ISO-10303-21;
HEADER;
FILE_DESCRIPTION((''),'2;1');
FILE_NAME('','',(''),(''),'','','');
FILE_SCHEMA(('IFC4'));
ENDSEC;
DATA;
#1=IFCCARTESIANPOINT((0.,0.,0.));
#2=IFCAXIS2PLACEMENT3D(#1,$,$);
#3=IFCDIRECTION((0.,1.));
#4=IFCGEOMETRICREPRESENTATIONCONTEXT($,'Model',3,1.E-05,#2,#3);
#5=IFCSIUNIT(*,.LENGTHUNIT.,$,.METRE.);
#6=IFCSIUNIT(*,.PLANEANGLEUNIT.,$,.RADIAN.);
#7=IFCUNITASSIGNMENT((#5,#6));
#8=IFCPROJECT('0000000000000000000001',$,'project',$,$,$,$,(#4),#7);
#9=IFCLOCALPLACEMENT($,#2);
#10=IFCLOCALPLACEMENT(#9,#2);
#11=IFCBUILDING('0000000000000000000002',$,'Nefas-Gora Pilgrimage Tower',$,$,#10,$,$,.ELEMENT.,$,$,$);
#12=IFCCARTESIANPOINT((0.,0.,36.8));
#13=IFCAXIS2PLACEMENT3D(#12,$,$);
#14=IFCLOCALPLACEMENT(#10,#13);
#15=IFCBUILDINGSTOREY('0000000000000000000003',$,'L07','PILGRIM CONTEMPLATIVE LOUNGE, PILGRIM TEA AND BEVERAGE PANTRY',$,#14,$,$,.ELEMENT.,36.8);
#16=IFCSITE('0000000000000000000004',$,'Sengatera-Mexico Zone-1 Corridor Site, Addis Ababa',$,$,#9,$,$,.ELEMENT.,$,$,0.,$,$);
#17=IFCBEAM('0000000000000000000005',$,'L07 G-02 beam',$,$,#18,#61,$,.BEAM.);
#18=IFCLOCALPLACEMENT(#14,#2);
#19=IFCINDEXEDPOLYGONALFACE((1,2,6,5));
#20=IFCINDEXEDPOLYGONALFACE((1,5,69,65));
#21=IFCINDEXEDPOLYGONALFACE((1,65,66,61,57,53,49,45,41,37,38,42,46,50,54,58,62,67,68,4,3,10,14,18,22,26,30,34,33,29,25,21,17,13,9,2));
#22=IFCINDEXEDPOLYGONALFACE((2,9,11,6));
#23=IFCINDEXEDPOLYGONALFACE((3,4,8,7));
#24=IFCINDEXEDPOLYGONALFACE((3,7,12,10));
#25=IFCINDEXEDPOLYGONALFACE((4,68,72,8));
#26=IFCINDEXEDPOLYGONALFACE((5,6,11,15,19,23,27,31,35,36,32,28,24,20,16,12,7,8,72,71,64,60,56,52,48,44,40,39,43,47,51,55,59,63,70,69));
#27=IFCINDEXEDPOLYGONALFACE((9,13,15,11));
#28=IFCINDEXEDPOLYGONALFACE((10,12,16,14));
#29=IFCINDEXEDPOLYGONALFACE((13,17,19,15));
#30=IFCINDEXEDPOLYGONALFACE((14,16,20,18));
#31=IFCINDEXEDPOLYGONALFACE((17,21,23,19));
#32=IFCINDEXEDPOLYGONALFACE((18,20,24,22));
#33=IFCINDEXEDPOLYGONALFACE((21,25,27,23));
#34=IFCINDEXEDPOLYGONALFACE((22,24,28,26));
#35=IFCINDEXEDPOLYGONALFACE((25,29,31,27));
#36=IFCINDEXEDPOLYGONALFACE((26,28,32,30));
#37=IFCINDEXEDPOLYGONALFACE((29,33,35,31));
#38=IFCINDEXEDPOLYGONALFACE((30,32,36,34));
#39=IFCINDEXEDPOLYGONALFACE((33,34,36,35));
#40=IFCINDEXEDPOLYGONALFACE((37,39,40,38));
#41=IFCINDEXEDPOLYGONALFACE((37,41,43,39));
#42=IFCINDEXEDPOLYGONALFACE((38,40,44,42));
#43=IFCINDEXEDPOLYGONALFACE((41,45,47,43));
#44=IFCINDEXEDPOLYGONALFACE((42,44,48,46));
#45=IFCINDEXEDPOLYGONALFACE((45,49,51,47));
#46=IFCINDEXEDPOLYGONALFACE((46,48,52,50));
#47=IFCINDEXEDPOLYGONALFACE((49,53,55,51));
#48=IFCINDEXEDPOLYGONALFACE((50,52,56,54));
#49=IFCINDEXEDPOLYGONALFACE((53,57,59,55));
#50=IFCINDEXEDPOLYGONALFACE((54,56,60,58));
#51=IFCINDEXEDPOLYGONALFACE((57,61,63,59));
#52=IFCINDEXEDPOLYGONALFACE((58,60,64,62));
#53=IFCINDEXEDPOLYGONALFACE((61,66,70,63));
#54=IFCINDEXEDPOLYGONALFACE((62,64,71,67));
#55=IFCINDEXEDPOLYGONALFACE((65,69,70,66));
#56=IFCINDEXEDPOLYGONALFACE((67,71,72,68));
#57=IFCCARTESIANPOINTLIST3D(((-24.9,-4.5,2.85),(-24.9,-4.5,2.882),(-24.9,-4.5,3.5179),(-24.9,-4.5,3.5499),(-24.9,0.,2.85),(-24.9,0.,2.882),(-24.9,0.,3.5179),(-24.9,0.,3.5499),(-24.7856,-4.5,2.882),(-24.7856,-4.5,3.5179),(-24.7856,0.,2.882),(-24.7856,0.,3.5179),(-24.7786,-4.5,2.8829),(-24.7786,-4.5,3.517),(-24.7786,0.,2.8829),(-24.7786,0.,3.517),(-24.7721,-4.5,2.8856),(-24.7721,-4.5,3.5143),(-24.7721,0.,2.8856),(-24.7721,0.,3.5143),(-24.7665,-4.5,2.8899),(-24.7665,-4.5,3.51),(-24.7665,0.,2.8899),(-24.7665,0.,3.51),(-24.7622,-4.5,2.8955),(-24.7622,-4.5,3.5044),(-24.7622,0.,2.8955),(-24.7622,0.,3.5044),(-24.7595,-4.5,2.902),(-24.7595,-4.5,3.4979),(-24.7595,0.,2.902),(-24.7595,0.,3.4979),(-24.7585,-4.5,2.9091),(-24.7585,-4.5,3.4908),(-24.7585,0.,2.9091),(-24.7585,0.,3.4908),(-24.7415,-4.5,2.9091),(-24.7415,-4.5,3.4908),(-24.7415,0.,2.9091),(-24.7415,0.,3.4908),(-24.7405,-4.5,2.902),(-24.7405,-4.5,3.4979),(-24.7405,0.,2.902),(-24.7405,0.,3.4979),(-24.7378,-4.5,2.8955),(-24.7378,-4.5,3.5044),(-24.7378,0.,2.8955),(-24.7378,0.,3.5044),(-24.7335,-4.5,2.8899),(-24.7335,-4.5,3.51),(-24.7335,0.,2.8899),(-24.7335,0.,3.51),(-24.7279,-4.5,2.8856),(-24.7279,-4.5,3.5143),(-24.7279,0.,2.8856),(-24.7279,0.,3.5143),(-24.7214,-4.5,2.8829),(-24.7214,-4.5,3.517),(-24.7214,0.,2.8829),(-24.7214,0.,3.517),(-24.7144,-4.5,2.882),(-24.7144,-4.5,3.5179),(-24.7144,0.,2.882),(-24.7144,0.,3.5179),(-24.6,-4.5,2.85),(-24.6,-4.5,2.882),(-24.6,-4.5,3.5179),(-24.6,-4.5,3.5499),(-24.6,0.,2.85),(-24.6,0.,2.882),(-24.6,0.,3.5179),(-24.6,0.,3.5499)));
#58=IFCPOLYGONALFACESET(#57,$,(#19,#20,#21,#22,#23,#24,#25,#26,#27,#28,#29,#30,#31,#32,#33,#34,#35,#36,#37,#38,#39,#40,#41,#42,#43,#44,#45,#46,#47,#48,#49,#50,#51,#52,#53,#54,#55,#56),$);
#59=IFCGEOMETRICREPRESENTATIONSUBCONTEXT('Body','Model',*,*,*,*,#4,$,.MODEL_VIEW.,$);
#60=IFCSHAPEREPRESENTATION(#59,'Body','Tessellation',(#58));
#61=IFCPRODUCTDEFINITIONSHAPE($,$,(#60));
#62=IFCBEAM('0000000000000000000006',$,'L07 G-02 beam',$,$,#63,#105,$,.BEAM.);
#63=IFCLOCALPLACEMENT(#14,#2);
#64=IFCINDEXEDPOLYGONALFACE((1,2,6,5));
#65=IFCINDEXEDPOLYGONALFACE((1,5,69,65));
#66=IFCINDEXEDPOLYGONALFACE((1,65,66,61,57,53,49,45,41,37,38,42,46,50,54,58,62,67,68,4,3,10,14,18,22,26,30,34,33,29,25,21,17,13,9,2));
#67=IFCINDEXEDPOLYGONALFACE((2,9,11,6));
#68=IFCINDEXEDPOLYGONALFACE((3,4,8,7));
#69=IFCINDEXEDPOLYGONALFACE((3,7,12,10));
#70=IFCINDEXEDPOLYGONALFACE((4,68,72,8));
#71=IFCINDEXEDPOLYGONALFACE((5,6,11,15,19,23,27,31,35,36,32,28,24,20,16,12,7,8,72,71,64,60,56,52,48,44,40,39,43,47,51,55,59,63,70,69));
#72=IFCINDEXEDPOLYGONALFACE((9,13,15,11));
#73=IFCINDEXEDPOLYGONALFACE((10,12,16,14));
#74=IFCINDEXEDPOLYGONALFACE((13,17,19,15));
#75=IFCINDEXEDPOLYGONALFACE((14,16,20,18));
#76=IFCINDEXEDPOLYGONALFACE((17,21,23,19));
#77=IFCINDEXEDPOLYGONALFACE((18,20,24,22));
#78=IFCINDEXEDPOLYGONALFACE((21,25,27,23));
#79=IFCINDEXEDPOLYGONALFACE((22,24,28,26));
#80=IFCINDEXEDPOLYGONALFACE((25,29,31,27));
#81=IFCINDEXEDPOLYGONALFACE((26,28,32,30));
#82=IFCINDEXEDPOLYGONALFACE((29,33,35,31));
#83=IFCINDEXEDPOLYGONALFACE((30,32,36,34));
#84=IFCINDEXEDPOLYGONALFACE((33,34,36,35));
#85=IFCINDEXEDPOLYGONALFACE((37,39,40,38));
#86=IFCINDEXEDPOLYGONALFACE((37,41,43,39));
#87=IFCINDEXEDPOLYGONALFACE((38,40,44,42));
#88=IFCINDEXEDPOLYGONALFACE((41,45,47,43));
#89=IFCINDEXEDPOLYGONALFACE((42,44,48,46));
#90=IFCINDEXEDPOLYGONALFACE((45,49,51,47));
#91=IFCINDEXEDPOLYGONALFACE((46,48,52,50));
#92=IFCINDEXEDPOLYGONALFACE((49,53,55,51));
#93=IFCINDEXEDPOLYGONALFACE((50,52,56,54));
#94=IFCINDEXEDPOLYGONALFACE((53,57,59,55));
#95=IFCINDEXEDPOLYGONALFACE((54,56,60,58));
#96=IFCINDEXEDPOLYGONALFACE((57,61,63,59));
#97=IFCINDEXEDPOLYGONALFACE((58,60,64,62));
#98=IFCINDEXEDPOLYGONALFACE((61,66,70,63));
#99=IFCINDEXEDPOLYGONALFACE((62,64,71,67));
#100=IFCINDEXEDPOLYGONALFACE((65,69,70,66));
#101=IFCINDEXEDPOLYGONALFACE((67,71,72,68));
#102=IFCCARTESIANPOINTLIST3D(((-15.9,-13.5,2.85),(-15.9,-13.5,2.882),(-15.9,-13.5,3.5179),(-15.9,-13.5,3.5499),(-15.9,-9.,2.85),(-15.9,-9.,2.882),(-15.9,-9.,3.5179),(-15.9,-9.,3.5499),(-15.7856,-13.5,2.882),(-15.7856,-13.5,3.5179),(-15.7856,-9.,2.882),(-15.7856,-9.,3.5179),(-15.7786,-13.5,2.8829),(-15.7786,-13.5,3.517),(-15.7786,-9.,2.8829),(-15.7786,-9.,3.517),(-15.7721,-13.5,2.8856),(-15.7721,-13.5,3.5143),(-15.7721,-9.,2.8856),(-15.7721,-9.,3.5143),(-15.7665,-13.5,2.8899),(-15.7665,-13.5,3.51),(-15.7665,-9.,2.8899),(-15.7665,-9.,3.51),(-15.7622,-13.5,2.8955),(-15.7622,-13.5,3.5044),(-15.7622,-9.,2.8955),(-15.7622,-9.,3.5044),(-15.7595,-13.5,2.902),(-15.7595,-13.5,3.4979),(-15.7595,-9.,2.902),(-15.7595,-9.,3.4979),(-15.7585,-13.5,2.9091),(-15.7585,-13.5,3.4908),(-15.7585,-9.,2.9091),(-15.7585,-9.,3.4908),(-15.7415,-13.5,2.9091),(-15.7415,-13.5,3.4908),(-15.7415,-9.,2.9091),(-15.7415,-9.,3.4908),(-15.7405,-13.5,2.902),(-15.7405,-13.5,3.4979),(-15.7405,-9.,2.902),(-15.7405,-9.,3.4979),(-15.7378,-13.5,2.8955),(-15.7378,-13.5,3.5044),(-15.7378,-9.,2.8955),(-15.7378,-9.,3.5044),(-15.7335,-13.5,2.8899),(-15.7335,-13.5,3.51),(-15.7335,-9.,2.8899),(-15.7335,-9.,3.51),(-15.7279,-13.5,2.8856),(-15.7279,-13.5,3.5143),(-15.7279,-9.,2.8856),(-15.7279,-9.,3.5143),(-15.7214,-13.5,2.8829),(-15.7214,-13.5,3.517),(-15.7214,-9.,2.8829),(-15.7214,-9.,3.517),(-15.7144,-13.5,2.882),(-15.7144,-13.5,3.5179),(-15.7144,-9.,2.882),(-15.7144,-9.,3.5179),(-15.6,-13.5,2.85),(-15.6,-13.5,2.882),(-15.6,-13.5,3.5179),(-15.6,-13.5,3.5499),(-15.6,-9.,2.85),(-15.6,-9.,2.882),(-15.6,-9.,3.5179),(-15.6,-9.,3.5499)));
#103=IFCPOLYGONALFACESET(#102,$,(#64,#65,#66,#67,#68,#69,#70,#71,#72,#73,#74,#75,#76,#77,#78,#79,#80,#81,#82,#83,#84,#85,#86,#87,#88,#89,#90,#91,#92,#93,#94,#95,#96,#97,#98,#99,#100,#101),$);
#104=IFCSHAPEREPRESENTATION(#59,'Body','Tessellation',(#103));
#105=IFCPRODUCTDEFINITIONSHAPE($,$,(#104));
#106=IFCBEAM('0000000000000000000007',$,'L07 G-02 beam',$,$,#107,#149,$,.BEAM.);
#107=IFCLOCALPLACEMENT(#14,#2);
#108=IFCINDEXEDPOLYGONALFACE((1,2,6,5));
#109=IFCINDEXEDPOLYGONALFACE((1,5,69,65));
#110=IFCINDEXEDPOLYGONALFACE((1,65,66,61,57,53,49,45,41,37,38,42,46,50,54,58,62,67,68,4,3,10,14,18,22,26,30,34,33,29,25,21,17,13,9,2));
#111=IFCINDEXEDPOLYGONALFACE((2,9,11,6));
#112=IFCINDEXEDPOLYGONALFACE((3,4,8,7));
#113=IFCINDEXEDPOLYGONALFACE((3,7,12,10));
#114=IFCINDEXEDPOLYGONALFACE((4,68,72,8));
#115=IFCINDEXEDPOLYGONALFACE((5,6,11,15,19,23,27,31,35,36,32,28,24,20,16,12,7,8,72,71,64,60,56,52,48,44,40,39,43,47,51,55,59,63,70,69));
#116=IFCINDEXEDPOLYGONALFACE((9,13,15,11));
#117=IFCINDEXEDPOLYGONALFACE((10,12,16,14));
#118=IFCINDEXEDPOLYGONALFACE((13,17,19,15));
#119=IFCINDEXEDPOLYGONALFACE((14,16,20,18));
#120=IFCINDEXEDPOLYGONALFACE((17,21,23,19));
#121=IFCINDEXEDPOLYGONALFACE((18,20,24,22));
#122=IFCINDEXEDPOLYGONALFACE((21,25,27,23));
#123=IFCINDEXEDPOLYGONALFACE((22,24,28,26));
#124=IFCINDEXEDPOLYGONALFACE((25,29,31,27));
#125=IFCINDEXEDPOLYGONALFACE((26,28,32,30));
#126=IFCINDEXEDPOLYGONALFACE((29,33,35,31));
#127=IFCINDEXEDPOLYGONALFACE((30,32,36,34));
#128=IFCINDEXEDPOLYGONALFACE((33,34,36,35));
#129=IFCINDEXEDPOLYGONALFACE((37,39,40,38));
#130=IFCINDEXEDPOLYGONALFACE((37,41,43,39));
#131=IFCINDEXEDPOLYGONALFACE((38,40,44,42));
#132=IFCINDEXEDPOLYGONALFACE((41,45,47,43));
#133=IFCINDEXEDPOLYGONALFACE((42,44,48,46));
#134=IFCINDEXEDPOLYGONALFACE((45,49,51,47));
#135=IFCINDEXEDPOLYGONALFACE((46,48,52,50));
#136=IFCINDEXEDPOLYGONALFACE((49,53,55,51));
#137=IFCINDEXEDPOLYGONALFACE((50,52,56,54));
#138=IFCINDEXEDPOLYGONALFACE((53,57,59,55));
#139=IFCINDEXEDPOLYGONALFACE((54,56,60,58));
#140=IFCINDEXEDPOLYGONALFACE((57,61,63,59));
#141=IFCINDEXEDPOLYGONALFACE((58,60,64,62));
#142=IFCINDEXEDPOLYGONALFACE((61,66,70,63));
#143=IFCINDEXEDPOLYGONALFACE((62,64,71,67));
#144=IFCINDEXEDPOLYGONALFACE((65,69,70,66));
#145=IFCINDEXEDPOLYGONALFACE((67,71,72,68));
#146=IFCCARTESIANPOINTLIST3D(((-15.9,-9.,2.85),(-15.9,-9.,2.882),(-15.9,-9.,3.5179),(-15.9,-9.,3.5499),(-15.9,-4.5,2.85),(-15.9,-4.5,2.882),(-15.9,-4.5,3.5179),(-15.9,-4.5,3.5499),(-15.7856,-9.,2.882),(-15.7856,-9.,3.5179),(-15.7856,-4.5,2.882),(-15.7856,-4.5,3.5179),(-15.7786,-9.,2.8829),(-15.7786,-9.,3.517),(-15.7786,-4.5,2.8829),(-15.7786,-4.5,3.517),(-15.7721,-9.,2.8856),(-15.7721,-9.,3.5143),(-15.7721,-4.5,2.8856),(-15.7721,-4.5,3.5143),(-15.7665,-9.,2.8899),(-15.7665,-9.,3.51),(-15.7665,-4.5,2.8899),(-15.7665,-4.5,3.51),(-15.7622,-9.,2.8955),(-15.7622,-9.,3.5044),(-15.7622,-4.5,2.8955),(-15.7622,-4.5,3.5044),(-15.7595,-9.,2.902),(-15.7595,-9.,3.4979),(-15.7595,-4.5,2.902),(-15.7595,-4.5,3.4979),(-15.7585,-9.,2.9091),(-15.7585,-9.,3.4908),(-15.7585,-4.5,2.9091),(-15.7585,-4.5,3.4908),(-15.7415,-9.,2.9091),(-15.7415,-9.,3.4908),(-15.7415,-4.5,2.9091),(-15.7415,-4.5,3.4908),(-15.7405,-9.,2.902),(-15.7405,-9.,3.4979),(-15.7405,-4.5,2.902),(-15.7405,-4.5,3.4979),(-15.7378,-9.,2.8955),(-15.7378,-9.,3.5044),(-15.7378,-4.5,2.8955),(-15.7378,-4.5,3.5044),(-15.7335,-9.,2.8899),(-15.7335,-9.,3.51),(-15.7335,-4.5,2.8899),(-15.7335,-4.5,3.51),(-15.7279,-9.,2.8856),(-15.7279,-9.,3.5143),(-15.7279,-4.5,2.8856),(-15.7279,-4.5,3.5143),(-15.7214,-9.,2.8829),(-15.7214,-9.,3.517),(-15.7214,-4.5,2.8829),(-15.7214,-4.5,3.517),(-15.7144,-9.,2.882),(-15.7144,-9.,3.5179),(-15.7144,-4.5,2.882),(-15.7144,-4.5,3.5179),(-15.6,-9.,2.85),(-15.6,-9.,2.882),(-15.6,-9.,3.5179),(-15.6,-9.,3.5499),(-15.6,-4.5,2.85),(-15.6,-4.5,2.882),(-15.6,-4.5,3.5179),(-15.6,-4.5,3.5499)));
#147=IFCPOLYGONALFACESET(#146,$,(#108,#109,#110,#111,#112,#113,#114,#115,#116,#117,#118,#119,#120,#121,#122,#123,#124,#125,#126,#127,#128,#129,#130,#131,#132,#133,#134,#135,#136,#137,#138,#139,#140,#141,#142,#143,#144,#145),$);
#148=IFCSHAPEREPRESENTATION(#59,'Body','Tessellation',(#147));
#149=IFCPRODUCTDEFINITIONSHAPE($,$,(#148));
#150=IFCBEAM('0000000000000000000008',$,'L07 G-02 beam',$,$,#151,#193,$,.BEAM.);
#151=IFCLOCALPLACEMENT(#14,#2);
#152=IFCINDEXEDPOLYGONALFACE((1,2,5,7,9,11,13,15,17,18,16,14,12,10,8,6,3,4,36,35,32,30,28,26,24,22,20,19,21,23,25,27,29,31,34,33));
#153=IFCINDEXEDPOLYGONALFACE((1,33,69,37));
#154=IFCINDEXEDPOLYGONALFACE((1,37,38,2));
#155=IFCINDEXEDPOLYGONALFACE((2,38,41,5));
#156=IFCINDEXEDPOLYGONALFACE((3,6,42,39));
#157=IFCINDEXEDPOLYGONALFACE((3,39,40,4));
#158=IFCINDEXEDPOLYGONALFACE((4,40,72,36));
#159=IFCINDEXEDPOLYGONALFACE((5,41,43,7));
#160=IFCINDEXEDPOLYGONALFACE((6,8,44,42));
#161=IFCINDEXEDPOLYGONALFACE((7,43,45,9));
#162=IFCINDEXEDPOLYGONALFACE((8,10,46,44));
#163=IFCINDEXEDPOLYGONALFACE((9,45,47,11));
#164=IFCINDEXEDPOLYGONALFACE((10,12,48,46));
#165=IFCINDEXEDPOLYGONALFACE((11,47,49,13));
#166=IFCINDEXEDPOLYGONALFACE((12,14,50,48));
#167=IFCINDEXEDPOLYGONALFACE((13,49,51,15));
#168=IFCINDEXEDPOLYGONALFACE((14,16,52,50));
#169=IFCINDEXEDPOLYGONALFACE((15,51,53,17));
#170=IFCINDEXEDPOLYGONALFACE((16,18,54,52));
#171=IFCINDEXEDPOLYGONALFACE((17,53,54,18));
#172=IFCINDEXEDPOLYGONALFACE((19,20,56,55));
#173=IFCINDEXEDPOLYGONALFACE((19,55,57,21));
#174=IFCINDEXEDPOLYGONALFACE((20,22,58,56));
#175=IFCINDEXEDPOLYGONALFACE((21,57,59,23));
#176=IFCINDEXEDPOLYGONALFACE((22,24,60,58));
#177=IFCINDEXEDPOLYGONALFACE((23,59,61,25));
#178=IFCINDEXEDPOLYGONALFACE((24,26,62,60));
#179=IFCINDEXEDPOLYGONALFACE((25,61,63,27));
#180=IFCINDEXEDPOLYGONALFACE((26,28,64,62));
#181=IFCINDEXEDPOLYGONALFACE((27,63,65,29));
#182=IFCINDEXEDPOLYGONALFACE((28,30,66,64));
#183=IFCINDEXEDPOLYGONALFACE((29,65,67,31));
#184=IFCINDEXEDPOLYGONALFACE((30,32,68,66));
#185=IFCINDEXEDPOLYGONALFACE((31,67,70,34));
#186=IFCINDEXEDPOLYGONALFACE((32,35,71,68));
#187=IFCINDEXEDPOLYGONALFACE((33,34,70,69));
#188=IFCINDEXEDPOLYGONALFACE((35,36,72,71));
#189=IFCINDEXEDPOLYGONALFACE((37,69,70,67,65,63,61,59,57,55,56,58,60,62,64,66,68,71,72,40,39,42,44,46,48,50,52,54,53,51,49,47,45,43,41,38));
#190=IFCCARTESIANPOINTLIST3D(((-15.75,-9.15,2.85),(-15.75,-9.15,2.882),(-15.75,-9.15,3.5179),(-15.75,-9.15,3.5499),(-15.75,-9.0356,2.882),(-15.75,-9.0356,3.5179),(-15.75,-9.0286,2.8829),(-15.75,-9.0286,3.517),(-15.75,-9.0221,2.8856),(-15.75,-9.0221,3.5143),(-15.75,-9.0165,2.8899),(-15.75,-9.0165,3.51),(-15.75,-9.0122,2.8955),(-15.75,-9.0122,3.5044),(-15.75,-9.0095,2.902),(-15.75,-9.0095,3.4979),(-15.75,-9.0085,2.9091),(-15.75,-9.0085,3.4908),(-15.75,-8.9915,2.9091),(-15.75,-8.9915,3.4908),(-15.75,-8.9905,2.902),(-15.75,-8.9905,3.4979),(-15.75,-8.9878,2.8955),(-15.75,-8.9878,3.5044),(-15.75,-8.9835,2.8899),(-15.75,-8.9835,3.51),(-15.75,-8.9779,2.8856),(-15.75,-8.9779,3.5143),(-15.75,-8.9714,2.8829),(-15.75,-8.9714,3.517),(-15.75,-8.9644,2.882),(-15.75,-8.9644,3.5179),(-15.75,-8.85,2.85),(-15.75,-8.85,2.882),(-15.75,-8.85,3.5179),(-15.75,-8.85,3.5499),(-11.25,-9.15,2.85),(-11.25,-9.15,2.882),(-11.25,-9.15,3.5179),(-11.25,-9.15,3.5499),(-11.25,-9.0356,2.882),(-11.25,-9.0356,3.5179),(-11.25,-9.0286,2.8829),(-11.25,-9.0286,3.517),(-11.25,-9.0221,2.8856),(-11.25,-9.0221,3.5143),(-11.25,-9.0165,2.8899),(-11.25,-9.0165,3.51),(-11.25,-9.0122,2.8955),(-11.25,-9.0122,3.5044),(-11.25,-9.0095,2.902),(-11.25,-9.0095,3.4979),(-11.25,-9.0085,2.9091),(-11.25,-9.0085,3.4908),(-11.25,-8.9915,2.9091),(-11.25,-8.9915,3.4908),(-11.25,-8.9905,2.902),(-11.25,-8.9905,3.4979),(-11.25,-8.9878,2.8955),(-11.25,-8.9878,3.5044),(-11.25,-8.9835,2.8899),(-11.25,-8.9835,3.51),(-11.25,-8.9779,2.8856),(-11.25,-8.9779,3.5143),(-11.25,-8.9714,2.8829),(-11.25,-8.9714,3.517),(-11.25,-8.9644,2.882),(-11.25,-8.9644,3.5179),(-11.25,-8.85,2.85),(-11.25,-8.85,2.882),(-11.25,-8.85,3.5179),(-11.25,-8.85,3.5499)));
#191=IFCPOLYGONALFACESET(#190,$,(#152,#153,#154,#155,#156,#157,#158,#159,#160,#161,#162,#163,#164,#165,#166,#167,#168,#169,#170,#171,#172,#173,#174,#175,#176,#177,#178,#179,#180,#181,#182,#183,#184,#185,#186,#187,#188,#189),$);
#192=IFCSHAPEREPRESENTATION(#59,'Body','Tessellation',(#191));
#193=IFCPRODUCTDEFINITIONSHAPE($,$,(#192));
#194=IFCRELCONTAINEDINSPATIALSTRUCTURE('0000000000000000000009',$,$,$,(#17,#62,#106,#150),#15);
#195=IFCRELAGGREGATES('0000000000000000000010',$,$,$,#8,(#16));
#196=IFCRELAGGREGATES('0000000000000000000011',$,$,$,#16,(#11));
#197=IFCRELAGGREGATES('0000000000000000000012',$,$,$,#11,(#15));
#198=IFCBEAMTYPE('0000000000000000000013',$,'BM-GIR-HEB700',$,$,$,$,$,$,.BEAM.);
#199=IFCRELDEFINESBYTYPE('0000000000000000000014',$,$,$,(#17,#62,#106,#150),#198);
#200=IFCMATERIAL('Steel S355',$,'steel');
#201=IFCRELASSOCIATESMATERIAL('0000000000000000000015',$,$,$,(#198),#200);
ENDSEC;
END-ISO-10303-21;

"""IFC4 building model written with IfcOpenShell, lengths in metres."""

from ifc_helpers import new_model, si_unit, direction, frame, origin, origin_2d, place, context, subcontext, project, spatial, i_section, extrude, source, transform, mapped, material, material_profile, profile_set, type_object, element, save


model = new_model("IFC4")

# Units and contexts
model_context = context("Model", 3, precision=1e-05, world=origin(), true_north=direction((0.0, 1.0)))
body_context = subcontext(model_context, "Body", "Model", "MODEL_VIEW")
ifc_project = project(units=[si_unit("LENGTHUNIT", "METRE"), si_unit("PLANEANGLEUNIT", "RADIAN")], contexts=[model_context])

# Site, building, storey
site_placement = place(None, origin())
site = spatial("IfcSite", under=ifc_project, at=site_placement, Name="Sengatera-Mexico Zone-1 Corridor Site, Addis Ababa", CompositionType="ELEMENT", RefElevation=0.0)
building_placement = place(site_placement, origin())
building = spatial("IfcBuilding", under=site, at=building_placement, Name="Nefas-Gora Pilgrimage Tower", CompositionType="ELEMENT")
storey_placement = place(building_placement, frame((0.0, 0.0, 36.8)))
storey = spatial("IfcBuildingStorey", under=building, at=storey_placement, Name="L07", Description="PILGRIM CONTEMPLATIVE LOUNGE, PILGRIM TEA AND BEVERAGE PANTRY", CompositionType="ELEMENT", Elevation=36.8)

# Beams
ifc_material_1 = material(Name="Steel S355", Category="steel")
ifc_material_profile_1 = material_profile(ifc_material_1, i_section(OverallWidth=0.3, OverallDepth=0.7, WebThickness=0.0171, FlangeThickness=0.032, FilletRadius=0.0271, at=origin_2d()), Name="HEB 700")
ifc_profile_set_1 = profile_set([ifc_material_profile_1], Name="Steel S355")
beam_type = type_object("IfcBeamType", Name="BM-GIR-HEB700", PredefinedType="BEAM", material=ifc_profile_set_1)
shared_shape_1 = source(origin(), body_context, "Body", "SweptSolid", [
    extrude(i_section(OverallWidth=0.3, OverallDepth=0.7, WebThickness=0.0171, FlangeThickness=0.032, FilletRadius=0.0271, at=origin_2d()), origin(), (0.0, 0.0, 1.0), 4.5),
])
for number, where, z_axis, x_axis, name in (
    (1, (-24.75, -4.5, 3.2), (0.0, 1.0, 0.0), (-1.0, 0.0, 0.0), "L07 G-02 beam"),
    (2, (-15.75, -13.5, 3.2), (0.0, 1.0, 0.0), (-1.0, 0.0, 0.0), "L07 G-02 beam"),
    (3, (-15.75, -9.0, 3.2), (0.0, 1.0, 0.0), (-1.0, 0.0, 0.0), "L07 G-02 beam"),
    (4, (-15.75, -9.0, 3.2), (1.0, 0.0, 0.0), (0.0, 1.0, 0.0), "L07 G-02 beam"),
):
    element("IfcBeam", number, at=place(storey_placement, frame(where, z_axis=z_axis, x_axis=x_axis)), inside=storey, type_object=beam_type, Name=name, PredefinedType="BEAM", context=body_context, shape_type="MappedRepresentation", body=[
        mapped(shared_shape_1, transform((0.0, 0.0, 0.0), x_axis=(1.0, 0.0, 0.0), y_axis=(0.0, 1.0, 0.0), z_axis=(0.0, 0.0, 1.0), scale=1.0)),
    ])

save(model, "model.ifc")
